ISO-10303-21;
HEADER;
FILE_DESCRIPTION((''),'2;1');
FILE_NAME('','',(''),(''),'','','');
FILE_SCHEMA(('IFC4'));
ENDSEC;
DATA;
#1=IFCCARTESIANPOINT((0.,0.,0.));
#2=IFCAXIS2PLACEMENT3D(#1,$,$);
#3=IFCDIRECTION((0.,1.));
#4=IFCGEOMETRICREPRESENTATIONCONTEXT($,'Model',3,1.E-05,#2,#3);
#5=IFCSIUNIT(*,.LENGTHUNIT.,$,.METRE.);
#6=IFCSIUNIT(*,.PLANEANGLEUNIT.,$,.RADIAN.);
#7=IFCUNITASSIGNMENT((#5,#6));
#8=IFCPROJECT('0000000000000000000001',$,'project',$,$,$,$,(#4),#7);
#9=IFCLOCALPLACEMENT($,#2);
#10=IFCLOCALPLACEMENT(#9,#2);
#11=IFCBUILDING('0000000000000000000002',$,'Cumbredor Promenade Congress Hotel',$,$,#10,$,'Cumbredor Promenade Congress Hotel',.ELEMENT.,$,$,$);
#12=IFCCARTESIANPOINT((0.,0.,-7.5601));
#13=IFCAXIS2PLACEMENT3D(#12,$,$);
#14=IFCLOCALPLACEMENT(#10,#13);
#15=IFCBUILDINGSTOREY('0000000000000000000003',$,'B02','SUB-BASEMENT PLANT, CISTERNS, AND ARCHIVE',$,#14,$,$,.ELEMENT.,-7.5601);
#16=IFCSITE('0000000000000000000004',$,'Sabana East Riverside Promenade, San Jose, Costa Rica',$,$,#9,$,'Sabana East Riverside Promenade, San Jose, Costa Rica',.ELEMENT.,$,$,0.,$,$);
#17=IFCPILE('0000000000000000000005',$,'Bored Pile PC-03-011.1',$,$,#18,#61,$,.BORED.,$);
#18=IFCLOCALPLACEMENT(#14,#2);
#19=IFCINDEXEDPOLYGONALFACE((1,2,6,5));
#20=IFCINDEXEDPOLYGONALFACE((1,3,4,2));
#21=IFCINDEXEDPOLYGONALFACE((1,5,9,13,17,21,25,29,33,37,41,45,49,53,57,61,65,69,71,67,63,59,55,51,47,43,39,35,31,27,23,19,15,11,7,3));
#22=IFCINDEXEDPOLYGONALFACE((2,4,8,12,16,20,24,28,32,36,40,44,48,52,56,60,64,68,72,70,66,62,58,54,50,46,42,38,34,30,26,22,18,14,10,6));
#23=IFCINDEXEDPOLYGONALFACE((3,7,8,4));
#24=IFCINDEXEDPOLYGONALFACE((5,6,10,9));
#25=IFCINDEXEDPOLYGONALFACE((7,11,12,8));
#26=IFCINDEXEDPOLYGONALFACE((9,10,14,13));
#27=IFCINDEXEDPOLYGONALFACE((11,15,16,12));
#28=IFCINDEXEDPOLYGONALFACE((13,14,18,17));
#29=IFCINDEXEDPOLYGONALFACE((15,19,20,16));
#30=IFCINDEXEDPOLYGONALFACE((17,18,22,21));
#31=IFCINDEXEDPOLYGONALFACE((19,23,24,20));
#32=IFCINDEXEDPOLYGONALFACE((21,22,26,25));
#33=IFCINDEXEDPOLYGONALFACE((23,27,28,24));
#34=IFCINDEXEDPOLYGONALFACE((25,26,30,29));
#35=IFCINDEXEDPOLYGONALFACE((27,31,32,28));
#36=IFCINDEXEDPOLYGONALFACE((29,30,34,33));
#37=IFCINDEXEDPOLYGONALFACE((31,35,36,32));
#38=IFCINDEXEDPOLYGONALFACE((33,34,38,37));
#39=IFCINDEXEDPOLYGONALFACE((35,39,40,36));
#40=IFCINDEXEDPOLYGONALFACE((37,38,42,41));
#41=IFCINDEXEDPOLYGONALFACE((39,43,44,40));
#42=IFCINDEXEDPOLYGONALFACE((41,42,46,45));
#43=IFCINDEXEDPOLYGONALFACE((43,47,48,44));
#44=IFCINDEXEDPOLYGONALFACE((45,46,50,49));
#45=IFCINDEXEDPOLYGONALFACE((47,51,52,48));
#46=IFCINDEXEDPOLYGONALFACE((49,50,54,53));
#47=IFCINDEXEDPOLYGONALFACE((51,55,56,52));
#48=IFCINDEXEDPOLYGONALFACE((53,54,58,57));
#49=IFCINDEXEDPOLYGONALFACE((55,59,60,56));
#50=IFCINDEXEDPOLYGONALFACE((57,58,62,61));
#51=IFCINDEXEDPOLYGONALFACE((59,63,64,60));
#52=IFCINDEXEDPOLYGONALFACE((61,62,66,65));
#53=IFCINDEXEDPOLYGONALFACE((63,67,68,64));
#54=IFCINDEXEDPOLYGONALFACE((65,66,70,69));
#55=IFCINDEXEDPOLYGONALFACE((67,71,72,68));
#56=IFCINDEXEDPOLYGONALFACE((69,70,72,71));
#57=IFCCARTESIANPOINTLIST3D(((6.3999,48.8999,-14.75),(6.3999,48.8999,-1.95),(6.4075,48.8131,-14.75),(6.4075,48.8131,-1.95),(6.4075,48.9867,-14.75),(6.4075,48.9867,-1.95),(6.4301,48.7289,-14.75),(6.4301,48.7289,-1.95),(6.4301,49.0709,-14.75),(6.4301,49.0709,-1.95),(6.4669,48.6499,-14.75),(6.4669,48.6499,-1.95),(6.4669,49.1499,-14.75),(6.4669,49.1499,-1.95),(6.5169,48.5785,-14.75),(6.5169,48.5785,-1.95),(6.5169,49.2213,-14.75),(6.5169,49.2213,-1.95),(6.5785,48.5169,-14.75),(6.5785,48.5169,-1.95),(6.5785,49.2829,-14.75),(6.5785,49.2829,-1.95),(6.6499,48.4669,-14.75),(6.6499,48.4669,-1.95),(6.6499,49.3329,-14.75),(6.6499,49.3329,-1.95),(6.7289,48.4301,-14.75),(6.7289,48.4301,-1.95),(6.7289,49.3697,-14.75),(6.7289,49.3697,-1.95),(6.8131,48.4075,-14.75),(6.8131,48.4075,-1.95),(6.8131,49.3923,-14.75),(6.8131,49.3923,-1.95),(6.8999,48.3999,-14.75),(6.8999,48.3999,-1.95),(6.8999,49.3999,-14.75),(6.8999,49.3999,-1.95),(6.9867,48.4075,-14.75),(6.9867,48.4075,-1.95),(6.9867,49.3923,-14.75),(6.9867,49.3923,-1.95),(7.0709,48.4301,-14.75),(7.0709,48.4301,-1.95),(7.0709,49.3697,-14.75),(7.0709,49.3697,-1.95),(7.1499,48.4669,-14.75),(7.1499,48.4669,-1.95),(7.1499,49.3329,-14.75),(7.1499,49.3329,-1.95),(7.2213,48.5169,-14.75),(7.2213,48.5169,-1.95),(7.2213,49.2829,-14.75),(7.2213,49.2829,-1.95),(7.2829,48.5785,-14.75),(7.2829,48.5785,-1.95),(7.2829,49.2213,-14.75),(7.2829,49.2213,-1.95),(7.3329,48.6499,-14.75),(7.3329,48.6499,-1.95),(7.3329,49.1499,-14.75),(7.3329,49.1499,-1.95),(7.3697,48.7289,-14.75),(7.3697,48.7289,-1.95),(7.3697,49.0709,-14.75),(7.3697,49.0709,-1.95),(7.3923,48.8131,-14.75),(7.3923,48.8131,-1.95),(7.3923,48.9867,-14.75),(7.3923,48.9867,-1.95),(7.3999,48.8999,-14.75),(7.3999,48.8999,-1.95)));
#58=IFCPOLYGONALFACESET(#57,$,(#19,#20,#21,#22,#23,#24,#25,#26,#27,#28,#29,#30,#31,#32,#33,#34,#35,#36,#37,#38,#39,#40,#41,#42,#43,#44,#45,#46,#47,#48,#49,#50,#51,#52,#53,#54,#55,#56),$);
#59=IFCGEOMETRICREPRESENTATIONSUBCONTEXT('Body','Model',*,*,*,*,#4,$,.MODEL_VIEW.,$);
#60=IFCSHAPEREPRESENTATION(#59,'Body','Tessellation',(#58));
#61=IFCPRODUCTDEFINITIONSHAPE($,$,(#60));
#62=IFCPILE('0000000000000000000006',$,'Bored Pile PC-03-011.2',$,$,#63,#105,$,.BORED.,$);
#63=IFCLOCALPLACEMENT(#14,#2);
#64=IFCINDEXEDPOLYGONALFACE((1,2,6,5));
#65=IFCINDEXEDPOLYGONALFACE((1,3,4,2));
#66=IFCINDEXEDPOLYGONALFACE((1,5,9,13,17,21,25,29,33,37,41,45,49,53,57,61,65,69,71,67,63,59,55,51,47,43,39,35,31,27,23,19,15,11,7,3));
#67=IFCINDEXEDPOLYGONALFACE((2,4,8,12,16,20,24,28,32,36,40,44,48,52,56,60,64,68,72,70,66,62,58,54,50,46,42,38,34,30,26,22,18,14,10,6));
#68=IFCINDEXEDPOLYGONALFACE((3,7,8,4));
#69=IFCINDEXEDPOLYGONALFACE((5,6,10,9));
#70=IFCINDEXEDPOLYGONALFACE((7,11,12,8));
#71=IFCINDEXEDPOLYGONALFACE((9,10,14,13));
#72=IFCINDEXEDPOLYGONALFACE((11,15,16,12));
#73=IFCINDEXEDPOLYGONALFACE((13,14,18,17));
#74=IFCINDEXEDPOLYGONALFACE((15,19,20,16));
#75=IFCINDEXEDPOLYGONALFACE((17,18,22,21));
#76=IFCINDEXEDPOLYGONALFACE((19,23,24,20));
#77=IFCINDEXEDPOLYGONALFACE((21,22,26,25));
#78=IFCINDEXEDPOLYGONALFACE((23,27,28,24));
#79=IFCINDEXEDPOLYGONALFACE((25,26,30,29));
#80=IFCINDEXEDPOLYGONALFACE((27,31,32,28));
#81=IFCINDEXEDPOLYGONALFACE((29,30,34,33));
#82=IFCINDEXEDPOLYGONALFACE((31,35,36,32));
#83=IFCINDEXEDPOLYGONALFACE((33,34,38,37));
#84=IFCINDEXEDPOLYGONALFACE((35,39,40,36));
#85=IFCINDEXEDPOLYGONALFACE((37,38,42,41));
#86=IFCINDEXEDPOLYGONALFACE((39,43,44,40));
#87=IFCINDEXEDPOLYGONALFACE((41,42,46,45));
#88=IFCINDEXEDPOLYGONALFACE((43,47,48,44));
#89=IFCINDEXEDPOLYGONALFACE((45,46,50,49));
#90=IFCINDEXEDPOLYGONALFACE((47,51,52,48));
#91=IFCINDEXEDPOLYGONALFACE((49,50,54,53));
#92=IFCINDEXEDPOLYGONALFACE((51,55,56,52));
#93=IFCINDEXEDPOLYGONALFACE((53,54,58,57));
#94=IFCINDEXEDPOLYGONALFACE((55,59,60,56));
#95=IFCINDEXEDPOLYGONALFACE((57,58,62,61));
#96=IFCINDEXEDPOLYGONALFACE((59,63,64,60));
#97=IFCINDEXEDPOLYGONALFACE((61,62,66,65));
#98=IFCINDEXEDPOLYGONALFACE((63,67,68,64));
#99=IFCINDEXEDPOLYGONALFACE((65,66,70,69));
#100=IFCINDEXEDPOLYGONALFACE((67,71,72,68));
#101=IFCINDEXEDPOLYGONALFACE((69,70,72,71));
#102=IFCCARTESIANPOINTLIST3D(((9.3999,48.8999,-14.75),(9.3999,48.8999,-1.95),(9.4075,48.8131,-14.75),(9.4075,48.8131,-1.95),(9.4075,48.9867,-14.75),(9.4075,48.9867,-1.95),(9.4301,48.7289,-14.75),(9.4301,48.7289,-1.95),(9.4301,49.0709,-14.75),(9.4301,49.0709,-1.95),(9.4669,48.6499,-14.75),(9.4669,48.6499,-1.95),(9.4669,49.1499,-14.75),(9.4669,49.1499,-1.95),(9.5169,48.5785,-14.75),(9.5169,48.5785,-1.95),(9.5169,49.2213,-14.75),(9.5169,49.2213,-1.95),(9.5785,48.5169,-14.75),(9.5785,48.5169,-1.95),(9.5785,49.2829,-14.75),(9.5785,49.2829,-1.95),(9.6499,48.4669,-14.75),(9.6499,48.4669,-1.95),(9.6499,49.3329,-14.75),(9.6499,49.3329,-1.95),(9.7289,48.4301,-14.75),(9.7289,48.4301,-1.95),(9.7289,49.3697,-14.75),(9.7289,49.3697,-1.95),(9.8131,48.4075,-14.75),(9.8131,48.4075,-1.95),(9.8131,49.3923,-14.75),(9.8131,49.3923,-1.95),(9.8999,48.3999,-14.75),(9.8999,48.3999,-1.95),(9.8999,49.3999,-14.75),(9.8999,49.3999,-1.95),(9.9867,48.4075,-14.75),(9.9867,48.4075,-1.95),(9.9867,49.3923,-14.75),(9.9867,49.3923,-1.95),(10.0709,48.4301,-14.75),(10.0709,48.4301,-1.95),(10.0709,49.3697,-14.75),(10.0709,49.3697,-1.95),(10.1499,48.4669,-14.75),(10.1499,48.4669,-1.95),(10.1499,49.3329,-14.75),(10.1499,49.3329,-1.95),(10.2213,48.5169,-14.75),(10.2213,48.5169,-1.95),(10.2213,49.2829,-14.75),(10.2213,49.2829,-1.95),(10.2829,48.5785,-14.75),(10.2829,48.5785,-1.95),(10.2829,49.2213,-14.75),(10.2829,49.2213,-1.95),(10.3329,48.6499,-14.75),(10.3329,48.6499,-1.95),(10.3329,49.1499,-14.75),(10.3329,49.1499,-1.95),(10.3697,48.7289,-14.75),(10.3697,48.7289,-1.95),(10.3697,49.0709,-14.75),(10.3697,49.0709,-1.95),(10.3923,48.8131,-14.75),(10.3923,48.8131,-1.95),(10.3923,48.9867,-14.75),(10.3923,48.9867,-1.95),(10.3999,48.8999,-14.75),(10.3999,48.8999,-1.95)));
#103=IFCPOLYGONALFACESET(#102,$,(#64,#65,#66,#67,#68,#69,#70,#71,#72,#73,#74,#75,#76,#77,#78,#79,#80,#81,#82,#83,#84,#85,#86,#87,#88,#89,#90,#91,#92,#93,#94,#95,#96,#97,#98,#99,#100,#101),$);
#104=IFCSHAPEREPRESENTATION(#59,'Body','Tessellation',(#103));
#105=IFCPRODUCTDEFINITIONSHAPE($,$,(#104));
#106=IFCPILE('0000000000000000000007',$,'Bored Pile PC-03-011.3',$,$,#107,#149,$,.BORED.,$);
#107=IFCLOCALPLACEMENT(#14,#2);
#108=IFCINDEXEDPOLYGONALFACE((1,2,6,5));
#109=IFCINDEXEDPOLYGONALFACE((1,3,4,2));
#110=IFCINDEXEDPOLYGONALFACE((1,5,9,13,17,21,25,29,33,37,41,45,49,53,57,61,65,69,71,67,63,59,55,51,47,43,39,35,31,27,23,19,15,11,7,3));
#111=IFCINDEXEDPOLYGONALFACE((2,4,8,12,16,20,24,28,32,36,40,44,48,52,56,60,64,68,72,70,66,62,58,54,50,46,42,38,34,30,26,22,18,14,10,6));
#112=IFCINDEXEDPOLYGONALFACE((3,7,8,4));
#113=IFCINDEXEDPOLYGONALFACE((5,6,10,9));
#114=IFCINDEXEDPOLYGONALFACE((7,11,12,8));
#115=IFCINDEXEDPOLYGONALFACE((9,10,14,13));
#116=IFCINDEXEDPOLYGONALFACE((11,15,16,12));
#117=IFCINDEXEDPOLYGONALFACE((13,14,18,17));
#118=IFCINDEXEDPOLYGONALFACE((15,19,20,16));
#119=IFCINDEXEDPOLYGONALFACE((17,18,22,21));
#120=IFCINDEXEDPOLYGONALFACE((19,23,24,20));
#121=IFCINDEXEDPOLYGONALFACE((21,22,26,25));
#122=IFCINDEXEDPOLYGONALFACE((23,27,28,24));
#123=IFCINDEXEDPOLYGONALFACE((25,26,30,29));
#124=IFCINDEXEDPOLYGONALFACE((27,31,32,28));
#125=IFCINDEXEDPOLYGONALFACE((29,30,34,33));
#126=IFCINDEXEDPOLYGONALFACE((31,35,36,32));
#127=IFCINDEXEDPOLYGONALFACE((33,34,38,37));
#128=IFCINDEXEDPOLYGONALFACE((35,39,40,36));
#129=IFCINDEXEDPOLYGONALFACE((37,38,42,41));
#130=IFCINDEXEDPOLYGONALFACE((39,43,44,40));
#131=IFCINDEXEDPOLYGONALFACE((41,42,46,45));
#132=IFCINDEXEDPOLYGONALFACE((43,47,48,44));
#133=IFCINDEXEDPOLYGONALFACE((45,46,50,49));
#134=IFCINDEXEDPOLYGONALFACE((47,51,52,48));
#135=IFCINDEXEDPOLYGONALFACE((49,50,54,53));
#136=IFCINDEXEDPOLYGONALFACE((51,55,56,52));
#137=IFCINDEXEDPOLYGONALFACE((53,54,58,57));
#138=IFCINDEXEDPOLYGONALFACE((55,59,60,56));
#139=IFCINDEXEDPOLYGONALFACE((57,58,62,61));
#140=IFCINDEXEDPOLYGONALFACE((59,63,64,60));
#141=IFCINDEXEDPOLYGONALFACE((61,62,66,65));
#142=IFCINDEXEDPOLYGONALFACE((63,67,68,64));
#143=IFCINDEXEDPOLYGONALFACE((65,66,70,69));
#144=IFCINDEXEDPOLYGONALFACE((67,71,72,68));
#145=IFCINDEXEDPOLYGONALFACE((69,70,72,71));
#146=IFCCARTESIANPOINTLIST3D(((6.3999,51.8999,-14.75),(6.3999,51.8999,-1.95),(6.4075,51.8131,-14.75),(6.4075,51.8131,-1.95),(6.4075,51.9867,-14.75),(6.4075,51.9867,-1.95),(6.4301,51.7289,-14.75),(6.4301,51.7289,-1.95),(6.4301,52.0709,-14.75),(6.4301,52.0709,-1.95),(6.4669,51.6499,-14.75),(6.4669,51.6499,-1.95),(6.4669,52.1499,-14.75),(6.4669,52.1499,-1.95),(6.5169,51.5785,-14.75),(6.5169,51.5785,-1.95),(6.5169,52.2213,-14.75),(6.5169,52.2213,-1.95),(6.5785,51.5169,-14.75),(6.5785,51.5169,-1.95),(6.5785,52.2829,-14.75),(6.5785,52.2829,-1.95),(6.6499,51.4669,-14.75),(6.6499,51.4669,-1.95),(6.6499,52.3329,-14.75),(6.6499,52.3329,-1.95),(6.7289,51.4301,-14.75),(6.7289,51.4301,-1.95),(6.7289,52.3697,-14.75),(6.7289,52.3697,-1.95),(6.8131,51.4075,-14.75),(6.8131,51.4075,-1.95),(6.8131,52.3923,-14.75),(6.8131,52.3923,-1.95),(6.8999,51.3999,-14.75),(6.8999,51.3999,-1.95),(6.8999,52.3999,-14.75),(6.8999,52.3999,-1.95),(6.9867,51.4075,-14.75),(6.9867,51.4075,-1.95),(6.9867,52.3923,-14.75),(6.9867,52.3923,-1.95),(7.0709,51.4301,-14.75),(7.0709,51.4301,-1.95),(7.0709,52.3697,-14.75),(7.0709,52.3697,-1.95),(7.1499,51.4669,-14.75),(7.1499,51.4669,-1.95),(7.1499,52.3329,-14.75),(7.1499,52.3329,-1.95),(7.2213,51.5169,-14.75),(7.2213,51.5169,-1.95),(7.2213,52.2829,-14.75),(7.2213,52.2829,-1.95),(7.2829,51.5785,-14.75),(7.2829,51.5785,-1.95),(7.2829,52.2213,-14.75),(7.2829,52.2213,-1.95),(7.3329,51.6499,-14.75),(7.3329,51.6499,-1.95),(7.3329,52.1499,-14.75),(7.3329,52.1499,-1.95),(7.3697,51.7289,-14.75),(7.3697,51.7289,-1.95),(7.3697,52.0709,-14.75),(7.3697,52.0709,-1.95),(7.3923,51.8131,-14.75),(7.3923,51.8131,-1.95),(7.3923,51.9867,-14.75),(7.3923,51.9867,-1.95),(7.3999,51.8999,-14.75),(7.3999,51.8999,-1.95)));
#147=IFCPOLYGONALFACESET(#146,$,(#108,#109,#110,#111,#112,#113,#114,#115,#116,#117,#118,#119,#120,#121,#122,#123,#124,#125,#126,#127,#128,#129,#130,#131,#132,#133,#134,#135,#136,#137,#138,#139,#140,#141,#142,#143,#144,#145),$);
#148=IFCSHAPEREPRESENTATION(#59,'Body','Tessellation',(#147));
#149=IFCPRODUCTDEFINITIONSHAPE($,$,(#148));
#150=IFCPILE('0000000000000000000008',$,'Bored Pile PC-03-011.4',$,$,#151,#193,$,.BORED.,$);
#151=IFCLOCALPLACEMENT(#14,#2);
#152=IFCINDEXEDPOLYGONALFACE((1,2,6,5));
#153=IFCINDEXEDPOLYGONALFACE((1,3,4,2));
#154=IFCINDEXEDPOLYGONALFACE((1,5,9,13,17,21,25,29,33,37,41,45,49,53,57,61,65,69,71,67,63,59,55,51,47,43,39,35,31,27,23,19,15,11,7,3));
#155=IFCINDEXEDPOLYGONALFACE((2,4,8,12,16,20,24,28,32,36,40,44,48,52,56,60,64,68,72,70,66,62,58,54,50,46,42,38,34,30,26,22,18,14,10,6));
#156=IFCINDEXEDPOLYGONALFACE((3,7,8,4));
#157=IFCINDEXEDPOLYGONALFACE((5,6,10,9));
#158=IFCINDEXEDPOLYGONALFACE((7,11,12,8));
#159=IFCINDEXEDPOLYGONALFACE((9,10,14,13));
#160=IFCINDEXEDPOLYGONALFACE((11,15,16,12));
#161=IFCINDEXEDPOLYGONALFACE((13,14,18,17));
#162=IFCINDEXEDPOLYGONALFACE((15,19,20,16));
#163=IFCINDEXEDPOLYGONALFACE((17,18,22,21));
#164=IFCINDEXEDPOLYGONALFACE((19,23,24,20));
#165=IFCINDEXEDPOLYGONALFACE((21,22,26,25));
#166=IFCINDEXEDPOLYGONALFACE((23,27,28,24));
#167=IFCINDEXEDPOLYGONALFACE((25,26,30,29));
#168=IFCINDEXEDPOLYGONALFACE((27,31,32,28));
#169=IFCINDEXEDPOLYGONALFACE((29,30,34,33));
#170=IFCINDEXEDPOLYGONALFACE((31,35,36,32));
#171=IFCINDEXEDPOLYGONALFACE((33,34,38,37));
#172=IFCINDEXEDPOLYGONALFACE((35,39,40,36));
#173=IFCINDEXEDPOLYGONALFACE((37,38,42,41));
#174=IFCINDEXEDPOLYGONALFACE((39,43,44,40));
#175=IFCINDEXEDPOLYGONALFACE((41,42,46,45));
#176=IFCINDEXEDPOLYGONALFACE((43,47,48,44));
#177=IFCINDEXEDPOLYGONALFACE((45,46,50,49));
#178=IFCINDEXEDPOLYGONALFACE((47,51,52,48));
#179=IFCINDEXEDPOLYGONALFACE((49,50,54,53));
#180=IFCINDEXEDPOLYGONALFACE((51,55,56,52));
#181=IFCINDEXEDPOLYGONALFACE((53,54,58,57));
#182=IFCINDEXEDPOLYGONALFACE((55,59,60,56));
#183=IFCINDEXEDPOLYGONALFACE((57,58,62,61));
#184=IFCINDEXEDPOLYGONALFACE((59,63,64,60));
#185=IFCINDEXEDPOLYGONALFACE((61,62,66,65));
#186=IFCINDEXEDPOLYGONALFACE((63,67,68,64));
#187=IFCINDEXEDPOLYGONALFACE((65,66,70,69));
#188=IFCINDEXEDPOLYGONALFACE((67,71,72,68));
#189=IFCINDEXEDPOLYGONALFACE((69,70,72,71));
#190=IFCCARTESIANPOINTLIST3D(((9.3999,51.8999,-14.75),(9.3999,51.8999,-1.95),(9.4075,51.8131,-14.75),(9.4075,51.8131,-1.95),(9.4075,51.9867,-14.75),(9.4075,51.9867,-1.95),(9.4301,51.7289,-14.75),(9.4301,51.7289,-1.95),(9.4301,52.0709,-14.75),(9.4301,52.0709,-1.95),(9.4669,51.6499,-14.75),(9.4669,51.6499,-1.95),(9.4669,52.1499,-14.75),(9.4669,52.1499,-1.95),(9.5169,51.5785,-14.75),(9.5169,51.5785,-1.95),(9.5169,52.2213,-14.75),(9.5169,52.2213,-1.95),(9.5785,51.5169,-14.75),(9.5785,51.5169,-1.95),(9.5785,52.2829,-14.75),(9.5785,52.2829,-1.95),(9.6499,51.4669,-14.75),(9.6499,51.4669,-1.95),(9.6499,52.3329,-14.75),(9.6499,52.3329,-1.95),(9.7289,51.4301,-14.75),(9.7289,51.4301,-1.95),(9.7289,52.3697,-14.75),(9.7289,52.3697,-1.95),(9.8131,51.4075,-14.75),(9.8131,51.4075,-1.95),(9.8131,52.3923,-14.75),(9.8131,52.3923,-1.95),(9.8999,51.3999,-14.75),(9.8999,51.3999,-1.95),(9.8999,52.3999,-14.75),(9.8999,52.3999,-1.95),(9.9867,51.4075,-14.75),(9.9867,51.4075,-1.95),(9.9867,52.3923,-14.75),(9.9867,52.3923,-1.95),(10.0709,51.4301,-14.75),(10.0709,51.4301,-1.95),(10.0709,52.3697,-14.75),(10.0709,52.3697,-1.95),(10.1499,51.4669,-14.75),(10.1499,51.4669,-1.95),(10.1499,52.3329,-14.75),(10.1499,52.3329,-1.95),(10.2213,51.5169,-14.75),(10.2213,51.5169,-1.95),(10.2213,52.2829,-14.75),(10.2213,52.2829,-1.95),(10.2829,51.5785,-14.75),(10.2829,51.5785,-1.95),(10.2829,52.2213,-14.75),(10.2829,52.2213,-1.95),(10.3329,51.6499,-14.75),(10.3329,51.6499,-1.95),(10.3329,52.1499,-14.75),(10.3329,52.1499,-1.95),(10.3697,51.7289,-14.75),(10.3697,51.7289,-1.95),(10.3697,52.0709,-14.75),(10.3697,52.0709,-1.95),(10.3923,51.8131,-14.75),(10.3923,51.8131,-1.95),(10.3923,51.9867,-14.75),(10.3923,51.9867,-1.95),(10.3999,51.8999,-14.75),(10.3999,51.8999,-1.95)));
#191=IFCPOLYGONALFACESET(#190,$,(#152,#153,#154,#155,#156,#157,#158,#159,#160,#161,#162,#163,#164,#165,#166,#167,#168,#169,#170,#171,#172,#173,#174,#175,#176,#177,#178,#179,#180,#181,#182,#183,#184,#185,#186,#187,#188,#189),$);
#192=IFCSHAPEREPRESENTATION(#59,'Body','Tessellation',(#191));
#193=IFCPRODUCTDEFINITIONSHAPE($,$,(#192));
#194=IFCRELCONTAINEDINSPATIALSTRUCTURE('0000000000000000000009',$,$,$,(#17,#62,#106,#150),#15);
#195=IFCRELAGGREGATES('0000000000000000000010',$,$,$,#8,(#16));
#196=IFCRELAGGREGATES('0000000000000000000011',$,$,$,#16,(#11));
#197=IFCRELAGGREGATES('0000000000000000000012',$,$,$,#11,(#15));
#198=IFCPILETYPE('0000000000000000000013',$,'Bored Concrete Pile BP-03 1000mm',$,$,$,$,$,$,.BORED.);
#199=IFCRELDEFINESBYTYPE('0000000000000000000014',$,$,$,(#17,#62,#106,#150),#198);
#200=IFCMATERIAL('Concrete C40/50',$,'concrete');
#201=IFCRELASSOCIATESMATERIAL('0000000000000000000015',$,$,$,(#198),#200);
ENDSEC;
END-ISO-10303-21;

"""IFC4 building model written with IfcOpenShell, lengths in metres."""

from ifc_helpers import new_model, si_unit, direction, frame, origin, origin_2d, place, context, subcontext, project, spatial, circle, extrude, material, material_profile, profile_set, type_object, element, save


model = new_model("IFC4")

# Units and contexts
model_context = context("Model", 3, precision=1e-05, world=origin(), true_north=direction((0.0, 1.0)))
body_context = subcontext(model_context, "Body", "Model", "MODEL_VIEW")
ifc_project = project(units=[si_unit("LENGTHUNIT", "METRE"), si_unit("PLANEANGLEUNIT", "RADIAN")], contexts=[model_context])

# Site, building, storey
site_placement = place(None, origin())
site = spatial("IfcSite", under=ifc_project, at=site_placement, Name="Sabana East Riverside Promenade, San Jose, Costa Rica", LongName="Sabana East Riverside Promenade, San Jose, Costa Rica", CompositionType="ELEMENT", RefElevation=0.0)
building_placement = place(site_placement, origin())
building = spatial("IfcBuilding", under=site, at=building_placement, Name="Cumbredor Promenade Congress Hotel", LongName="Cumbredor Promenade Congress Hotel", CompositionType="ELEMENT")
storey_placement = place(building_placement, frame((0.0, 0.0, -7.5601)))
storey = spatial("IfcBuildingStorey", under=building, at=storey_placement, Name="B02", Description="SUB-BASEMENT PLANT, CISTERNS, AND ARCHIVE", CompositionType="ELEMENT", Elevation=-7.5601)

# Piles
ifc_material_1 = material(Name="Concrete C40/50", Category="concrete")
ifc_material_profile_1 = material_profile(ifc_material_1, circle(Radius=0.5, at=origin_2d()), Name="PILE D1000")
ifc_profile_set_1 = profile_set([ifc_material_profile_1], Name="Concrete C40/50")
pile_type = type_object("IfcPileType", Name="Bored Concrete Pile BP-03 1000mm", PredefinedType="BORED", material=ifc_profile_set_1)
for number, where, z_axis, x_axis, name in (
    (1, (6.8999, 48.8999, -1.95), (0.0, 0.0, -1.0), (1.0, 0.0, 0.0), "Bored Pile PC-03-011.1"),
    (2, (9.8999, 48.8999, -1.95), (0.0, 0.0, -1.0), (1.0, 0.0, 0.0), "Bored Pile PC-03-011.2"),
    (3, (6.8999, 51.8999, -1.95), (0.0, 0.0, -1.0), (1.0, 0.0, 0.0), "Bored Pile PC-03-011.3"),
    (4, (9.8999, 51.8999, -1.95), (0.0, 0.0, -1.0), (1.0, 0.0, 0.0), "Bored Pile PC-03-011.4"),
):
    element("IfcPile", number, at=place(storey_placement, frame(where, z_axis=z_axis, x_axis=x_axis)), inside=storey, type_object=pile_type, Name=name, PredefinedType="BORED", context=body_context, shape_type="SweptSolid", body=[
        extrude(circle(Radius=0.5, at=origin_2d()), origin(), (0.0, 0.0, 1.0), 12.8),
    ])

save(model, "model.ifc")
